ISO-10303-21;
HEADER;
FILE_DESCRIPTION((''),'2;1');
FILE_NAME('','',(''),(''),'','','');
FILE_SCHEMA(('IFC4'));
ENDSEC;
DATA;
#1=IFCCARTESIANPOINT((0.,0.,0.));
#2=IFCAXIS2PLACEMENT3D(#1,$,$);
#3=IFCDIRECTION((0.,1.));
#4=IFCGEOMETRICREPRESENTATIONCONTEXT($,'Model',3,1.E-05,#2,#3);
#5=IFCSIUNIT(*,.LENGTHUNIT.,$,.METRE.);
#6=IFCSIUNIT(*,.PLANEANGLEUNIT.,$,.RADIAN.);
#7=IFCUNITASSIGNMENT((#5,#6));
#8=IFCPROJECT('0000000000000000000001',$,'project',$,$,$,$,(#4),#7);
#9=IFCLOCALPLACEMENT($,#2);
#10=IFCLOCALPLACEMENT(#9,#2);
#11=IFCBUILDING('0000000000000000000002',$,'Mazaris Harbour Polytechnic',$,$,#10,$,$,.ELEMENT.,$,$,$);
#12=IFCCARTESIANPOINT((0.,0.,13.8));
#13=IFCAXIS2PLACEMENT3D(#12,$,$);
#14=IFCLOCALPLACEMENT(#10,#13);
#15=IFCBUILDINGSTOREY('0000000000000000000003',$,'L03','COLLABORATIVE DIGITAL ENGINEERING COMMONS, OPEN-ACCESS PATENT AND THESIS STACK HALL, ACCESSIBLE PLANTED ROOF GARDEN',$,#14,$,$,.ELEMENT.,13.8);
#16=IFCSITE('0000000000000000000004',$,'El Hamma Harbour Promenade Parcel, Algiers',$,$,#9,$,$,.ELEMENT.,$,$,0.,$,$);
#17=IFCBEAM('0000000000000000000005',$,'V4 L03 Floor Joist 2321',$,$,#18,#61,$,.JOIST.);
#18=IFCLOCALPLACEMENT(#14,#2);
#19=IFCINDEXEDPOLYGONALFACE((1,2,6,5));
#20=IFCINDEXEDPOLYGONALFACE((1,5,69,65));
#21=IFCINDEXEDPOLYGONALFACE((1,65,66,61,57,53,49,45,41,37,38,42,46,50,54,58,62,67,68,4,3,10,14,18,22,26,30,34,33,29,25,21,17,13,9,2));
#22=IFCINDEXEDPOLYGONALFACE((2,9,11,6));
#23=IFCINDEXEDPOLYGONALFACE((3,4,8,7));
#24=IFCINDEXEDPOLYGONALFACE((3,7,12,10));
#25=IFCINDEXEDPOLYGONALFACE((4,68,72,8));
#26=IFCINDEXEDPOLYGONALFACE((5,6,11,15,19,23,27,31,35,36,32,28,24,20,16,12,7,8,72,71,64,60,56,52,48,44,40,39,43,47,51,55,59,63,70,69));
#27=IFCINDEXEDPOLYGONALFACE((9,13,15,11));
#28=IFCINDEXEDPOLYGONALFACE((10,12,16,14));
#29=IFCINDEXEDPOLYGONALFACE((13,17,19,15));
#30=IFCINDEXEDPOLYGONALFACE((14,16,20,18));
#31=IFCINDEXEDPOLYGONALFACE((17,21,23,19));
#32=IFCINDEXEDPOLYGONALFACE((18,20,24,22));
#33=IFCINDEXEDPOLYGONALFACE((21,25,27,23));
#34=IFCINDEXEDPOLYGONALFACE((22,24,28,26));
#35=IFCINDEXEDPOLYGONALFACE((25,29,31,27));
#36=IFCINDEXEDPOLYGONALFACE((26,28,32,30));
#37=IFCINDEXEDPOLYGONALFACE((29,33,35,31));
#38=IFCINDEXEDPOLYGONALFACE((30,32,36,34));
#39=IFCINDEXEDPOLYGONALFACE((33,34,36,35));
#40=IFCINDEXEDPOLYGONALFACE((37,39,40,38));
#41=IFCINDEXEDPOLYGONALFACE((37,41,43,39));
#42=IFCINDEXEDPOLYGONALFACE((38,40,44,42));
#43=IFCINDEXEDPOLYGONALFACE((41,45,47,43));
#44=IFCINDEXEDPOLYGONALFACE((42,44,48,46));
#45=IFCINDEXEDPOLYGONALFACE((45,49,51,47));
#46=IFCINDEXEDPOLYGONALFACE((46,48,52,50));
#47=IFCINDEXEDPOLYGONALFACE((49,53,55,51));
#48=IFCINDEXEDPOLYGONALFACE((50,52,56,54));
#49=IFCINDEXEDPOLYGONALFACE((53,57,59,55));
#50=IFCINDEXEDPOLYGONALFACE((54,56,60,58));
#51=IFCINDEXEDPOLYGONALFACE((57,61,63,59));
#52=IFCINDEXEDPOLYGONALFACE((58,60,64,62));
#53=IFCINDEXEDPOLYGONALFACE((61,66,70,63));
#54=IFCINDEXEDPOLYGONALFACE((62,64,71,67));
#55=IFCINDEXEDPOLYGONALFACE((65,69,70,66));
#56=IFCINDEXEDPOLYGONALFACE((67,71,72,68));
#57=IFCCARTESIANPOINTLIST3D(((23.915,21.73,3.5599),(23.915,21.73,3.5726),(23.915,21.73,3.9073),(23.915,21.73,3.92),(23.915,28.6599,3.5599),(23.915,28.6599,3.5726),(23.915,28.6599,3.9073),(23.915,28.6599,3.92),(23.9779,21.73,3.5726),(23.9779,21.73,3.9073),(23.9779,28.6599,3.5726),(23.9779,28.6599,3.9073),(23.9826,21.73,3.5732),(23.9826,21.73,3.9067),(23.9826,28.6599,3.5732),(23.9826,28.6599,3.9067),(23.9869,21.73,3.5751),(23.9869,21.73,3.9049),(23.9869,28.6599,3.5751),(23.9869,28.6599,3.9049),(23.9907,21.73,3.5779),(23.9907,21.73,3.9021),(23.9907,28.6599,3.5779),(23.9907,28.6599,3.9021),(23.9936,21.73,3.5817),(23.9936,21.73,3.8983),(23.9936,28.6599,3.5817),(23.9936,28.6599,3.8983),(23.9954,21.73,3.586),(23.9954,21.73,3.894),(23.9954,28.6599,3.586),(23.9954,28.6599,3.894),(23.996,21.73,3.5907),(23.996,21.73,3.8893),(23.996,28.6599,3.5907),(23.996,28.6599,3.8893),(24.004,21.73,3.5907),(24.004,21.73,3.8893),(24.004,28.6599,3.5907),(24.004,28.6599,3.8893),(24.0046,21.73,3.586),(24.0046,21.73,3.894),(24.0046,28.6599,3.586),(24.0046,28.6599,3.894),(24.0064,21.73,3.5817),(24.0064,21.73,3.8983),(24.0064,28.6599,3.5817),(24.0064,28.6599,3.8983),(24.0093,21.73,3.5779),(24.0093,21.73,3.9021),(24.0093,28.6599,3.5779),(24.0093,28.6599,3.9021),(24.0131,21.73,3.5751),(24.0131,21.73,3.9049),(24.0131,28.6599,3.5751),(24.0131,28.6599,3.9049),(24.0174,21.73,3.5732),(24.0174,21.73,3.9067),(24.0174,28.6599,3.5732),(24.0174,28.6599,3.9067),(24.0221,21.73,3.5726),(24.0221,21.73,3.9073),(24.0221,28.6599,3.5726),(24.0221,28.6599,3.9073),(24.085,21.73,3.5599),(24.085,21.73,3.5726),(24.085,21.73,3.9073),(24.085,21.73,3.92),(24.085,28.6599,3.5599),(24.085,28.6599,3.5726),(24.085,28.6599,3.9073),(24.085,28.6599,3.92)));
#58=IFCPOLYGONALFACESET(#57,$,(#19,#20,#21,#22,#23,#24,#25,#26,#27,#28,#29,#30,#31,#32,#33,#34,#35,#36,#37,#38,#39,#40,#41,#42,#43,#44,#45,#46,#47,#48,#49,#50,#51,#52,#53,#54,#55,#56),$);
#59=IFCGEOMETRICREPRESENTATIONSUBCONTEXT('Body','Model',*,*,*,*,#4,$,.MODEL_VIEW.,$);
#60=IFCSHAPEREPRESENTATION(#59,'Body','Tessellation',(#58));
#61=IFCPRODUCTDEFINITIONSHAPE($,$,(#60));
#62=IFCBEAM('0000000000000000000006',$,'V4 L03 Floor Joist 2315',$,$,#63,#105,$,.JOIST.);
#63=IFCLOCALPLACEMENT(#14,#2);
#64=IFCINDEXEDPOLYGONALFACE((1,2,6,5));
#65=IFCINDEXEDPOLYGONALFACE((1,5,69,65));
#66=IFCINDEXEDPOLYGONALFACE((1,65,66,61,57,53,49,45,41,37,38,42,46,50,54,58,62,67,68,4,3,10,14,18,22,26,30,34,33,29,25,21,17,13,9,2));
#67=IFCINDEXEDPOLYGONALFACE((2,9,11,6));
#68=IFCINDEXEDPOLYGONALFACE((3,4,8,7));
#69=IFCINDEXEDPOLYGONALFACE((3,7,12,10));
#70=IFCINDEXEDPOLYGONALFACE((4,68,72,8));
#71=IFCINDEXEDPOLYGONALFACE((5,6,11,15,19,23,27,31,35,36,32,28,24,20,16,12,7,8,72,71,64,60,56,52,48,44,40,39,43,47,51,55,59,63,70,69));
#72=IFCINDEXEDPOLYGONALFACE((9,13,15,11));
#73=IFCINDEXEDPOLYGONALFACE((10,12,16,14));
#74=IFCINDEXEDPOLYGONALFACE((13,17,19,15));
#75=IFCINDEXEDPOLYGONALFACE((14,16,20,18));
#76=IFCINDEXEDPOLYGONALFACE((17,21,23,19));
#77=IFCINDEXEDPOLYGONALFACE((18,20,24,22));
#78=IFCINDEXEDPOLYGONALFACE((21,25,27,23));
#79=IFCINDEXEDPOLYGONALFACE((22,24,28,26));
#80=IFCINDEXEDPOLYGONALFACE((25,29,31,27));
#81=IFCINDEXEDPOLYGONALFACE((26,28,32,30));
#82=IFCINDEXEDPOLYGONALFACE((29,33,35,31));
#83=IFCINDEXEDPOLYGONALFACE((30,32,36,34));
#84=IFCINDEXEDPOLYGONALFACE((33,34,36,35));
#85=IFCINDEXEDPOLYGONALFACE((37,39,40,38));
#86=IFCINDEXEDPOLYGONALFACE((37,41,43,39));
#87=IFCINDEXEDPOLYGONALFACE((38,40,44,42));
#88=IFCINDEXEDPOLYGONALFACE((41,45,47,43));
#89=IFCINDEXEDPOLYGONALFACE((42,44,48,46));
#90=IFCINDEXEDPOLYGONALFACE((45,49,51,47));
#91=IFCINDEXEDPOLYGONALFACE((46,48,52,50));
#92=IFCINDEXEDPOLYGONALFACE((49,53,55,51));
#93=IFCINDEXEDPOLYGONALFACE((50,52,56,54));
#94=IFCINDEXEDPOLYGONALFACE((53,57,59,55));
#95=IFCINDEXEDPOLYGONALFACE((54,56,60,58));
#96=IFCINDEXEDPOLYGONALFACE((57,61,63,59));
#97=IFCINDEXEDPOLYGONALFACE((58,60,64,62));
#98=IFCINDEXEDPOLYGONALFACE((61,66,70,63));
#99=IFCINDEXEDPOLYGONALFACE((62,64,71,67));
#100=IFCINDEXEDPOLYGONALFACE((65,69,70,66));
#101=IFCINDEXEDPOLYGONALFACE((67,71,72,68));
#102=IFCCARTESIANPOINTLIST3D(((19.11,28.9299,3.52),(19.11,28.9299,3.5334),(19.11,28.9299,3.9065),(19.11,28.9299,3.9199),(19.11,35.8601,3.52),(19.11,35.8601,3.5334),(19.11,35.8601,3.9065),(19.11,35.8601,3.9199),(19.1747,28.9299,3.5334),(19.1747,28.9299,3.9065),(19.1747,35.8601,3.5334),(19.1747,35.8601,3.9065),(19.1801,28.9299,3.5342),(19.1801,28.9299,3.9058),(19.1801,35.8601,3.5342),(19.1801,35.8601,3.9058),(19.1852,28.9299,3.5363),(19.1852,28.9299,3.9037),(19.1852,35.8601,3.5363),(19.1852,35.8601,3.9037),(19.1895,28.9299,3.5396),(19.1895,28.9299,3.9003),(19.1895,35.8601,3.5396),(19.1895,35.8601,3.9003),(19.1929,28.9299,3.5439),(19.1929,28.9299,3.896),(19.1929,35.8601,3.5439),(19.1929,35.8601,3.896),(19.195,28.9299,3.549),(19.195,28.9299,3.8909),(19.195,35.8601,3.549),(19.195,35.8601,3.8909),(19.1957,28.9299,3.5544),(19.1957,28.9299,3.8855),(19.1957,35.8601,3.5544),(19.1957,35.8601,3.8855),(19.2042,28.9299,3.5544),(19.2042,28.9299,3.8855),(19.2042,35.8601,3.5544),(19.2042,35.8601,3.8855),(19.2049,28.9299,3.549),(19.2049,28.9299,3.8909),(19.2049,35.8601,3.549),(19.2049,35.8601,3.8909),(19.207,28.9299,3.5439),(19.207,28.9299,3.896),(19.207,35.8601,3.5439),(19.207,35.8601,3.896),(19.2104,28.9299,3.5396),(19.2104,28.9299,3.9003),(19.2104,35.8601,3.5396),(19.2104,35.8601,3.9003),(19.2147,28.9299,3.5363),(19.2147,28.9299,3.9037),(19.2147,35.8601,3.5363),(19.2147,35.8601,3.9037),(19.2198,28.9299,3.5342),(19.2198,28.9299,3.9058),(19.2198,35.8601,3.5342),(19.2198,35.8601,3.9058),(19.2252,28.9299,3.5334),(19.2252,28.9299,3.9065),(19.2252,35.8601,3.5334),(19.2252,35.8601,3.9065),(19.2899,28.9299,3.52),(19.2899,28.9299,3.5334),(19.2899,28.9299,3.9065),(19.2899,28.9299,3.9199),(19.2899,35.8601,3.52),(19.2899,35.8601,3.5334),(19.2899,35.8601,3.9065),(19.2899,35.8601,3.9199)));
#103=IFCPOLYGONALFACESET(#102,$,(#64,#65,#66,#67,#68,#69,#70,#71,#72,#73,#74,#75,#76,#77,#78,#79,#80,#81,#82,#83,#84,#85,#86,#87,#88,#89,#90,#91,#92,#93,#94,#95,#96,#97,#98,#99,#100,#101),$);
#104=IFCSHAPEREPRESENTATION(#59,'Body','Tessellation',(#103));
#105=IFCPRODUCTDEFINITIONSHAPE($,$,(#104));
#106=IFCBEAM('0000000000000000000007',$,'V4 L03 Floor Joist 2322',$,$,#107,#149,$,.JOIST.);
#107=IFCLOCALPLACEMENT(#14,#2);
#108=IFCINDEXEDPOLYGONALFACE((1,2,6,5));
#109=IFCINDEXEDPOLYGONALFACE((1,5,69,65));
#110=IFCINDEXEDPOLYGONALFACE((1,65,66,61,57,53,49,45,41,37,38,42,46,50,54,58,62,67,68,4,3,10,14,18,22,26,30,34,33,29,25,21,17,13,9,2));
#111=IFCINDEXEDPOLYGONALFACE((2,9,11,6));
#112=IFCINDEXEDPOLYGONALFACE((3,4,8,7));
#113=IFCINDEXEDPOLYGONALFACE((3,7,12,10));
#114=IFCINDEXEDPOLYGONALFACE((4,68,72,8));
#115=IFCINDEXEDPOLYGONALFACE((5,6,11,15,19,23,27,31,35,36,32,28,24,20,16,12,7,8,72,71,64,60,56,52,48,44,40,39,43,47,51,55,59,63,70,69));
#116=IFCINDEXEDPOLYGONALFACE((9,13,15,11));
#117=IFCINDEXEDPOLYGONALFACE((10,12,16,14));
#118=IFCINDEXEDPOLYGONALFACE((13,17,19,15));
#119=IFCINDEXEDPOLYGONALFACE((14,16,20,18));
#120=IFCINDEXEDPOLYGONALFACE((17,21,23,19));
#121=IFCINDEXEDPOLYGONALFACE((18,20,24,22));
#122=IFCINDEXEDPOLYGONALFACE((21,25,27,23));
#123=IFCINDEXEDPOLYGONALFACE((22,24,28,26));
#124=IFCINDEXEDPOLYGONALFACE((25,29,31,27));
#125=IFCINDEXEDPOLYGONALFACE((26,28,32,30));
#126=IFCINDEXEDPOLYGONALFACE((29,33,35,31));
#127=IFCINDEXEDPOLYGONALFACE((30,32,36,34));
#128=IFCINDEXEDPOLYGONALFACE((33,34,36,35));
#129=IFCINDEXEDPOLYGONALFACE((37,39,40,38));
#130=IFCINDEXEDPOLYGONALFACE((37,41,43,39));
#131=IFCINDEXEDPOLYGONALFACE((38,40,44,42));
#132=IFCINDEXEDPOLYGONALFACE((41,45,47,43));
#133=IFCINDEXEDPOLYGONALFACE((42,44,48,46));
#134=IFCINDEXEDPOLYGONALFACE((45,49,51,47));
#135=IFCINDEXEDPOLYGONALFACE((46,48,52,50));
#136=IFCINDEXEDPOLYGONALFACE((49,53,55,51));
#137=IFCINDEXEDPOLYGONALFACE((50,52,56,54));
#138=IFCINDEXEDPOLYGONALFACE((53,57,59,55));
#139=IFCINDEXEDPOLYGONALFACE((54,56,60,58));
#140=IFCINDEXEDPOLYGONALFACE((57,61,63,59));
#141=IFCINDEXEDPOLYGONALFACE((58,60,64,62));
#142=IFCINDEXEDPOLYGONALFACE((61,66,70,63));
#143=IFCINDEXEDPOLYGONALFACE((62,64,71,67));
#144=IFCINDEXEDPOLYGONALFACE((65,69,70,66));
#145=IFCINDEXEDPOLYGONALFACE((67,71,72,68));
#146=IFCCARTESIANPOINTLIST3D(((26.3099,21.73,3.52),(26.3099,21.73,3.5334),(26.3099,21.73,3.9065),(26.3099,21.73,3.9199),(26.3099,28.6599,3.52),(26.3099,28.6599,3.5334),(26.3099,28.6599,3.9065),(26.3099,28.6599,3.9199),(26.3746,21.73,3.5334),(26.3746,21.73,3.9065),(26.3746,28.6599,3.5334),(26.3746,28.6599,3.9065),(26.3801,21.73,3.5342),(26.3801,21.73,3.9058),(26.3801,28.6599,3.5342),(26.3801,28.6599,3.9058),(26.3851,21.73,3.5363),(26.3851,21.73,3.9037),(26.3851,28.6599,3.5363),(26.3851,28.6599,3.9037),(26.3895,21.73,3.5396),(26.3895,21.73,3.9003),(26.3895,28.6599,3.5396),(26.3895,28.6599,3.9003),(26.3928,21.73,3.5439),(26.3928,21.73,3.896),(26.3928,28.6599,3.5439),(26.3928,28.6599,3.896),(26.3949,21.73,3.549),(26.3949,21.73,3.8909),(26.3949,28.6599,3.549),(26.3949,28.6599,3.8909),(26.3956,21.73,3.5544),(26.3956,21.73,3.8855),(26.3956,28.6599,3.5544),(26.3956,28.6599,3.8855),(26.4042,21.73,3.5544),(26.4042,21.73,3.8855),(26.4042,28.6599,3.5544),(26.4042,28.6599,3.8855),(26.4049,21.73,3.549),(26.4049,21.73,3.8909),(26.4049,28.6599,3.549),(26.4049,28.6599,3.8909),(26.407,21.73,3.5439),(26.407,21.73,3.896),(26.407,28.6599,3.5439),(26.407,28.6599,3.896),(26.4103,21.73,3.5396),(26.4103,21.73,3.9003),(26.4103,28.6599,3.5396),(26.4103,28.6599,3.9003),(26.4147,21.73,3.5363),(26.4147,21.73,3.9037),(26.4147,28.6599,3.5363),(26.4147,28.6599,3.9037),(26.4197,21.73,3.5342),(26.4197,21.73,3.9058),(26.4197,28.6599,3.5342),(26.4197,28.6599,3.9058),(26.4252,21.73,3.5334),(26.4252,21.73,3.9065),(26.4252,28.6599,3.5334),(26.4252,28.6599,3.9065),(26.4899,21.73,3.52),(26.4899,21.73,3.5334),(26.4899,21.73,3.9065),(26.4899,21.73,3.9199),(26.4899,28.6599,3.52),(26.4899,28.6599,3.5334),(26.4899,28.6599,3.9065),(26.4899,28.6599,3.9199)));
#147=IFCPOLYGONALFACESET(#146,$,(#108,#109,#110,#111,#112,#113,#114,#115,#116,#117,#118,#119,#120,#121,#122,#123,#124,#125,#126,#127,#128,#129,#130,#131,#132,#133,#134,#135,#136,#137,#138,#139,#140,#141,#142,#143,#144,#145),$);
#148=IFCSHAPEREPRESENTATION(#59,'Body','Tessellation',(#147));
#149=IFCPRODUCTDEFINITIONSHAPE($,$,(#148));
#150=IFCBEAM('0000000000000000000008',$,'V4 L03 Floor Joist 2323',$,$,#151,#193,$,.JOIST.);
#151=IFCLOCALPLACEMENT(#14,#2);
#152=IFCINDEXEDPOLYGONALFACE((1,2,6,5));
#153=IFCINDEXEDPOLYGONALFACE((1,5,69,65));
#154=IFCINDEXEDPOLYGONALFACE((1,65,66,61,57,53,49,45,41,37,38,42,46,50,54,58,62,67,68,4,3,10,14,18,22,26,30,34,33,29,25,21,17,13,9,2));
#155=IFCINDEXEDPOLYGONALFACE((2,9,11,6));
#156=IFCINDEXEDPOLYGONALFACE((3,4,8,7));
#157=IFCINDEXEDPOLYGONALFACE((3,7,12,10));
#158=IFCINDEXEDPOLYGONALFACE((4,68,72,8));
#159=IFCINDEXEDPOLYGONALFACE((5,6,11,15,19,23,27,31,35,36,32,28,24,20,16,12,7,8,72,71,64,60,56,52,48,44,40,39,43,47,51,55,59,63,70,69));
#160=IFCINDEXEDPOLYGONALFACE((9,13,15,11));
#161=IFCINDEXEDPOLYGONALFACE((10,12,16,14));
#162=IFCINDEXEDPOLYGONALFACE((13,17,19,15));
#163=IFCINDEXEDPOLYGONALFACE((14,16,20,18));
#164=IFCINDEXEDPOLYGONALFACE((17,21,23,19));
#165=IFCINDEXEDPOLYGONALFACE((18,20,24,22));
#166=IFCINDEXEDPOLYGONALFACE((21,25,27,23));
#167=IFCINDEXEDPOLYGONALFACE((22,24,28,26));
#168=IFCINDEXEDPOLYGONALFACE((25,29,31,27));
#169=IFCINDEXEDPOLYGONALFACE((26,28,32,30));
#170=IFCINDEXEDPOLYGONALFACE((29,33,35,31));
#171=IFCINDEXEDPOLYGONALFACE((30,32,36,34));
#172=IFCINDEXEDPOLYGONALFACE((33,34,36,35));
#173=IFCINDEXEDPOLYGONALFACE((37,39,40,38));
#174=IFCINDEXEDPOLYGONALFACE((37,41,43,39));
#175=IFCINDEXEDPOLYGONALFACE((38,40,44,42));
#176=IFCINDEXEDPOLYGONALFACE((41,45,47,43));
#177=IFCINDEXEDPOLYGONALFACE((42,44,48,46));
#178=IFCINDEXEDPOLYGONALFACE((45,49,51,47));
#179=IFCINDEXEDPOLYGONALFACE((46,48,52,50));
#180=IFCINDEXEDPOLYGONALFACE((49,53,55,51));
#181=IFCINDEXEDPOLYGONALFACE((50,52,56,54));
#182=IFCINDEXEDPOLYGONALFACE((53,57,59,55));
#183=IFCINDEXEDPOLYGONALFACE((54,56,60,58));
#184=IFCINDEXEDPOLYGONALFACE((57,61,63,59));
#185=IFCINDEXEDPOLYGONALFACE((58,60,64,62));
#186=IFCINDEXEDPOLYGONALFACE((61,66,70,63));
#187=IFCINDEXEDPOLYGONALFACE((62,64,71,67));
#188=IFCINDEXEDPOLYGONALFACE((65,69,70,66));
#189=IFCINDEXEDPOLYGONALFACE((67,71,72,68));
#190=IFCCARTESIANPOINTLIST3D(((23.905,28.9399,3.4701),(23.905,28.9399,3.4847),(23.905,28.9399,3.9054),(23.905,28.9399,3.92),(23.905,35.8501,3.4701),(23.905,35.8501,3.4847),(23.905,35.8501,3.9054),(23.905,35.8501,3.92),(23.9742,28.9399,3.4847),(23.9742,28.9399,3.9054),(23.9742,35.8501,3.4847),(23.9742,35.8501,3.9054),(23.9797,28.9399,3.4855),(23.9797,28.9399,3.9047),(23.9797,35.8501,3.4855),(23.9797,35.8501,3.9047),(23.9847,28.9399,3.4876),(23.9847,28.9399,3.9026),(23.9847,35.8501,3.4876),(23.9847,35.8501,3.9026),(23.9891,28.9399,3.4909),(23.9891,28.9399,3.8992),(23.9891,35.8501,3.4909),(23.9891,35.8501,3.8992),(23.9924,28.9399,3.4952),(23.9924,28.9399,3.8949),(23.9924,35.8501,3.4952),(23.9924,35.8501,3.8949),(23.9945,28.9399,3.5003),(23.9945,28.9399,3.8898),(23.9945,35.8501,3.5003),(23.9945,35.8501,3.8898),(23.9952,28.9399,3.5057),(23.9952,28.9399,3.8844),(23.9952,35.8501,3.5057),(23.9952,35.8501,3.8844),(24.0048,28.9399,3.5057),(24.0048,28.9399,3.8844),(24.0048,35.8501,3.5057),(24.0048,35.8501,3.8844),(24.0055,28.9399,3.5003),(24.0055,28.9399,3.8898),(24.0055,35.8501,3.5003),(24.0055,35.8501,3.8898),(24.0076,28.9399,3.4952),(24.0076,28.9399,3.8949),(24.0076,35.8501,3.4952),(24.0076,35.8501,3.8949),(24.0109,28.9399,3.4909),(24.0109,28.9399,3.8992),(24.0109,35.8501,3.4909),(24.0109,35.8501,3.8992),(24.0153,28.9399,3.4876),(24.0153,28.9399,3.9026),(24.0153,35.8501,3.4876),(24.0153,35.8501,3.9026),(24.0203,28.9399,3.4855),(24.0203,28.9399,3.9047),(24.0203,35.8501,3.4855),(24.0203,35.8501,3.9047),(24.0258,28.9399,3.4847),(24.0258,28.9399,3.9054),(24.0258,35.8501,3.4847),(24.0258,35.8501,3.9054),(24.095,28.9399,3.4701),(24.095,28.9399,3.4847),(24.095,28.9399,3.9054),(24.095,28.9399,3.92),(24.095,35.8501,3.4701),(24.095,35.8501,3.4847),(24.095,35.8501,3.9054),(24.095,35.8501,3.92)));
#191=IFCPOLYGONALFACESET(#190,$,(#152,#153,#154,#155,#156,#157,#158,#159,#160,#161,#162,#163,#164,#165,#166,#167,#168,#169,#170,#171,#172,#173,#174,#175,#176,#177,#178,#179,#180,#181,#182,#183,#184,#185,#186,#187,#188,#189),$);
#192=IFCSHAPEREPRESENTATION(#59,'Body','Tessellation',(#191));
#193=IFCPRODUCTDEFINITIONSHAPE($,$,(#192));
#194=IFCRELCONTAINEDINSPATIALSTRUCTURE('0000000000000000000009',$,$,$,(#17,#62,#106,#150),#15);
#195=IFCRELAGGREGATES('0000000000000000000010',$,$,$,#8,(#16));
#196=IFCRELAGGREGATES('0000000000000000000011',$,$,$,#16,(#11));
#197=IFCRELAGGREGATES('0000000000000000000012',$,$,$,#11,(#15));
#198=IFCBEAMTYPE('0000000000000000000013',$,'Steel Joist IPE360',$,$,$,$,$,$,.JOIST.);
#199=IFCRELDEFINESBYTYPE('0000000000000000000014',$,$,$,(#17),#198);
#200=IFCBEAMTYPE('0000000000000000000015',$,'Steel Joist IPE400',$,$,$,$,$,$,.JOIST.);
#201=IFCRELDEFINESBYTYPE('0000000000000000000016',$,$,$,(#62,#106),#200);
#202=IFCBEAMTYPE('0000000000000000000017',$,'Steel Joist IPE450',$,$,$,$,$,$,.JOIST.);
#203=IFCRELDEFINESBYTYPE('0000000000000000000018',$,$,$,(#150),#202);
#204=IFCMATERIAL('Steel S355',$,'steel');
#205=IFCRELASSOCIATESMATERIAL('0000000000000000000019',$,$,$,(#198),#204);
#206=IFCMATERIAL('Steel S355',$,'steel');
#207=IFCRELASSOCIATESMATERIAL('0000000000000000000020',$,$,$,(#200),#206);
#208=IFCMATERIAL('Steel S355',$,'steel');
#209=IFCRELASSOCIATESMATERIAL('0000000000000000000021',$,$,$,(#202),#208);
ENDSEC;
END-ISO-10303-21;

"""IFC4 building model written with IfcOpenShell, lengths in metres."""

from ifc_helpers import new_model, si_unit, direction, frame, origin, origin_2d, place, context, subcontext, project, spatial, i_section, extrude, material, material_profile, profile_set, type_object, element, save


model = new_model("IFC4")

# Units and contexts
model_context = context("Model", 3, precision=1e-05, world=origin(), true_north=direction((0.0, 1.0)))
body_context = subcontext(model_context, "Body", "Model", "MODEL_VIEW")
ifc_project = project(units=[si_unit("LENGTHUNIT", "METRE"), si_unit("PLANEANGLEUNIT", "RADIAN")], contexts=[model_context])

# Site, building, storey
site_placement = place(None, origin())
site = spatial("IfcSite", under=ifc_project, at=site_placement, Name="El Hamma Harbour Promenade Parcel, Algiers", CompositionType="ELEMENT", RefElevation=0.0)
building_placement = place(site_placement, origin())
building = spatial("IfcBuilding", under=site, at=building_placement, Name="Mazaris Harbour Polytechnic", CompositionType="ELEMENT")
storey_placement = place(building_placement, frame((0.0, 0.0, 13.8)))
storey = spatial("IfcBuildingStorey", under=building, at=storey_placement, Name="L03", Description="COLLABORATIVE DIGITAL ENGINEERING COMMONS, OPEN-ACCESS PATENT AND THESIS STACK HALL, ACCESSIBLE PLANTED ROOF GARDEN", CompositionType="ELEMENT", Elevation=13.8)

# Beams
ifc_material_1 = material(Name="Steel S355", Category="steel")
ifc_material_profile_1 = material_profile(ifc_material_1, i_section(OverallWidth=0.1699, OverallDepth=0.3601, WebThickness=0.0081, FlangeThickness=0.0127, FilletRadius=0.0181, at=origin_2d()), Name="IPE 360")
ifc_profile_set_1 = profile_set([ifc_material_profile_1], Name="Steel S355")
beam_type_1 = type_object("IfcBeamType", Name="Steel Joist IPE360", PredefinedType="JOIST", material=ifc_profile_set_1)
beam_1_placement = place(storey_placement, frame((24.0, 21.73, 3.74), z_axis=(0.0, 1.0, 0.0), x_axis=(-1.0, 0.0, 0.0)))
element("IfcBeam", 1, at=beam_1_placement, inside=storey, type_object=beam_type_1, Name="V4 L03 Floor Joist 2321", PredefinedType="JOIST", context=body_context, shape_type="SweptSolid", body=[
    extrude(i_section(OverallWidth=0.1699, OverallDepth=0.3601, WebThickness=0.0081, FlangeThickness=0.0127, FilletRadius=0.0181, at=origin_2d()), origin(), (0.0, 0.0, 1.0), 6.9299),
])
ifc_material_2 = material(Name="Steel S355", Category="steel")
ifc_material_profile_2 = material_profile(ifc_material_2, i_section(OverallWidth=0.1799, OverallDepth=0.3999, WebThickness=0.0085, FlangeThickness=0.0134, FilletRadius=0.021, at=origin_2d()), Name="IPE 400")
ifc_profile_set_2 = profile_set([ifc_material_profile_2], Name="Steel S355")
beam_type_2 = type_object("IfcBeamType", Name="Steel Joist IPE400", PredefinedType="JOIST", material=ifc_profile_set_2)
beam_2_placement = place(storey_placement, frame((19.2, 28.9299, 3.72), z_axis=(0.0, 1.0, 0.0), x_axis=(-1.0, 0.0, 0.0)))
element("IfcBeam", 2, at=beam_2_placement, inside=storey, type_object=beam_type_2, Name="V4 L03 Floor Joist 2315", PredefinedType="JOIST", context=body_context, shape_type="SweptSolid", body=[
    extrude(i_section(OverallWidth=0.1799, OverallDepth=0.3999, WebThickness=0.0085, FlangeThickness=0.0134, FilletRadius=0.021, at=origin_2d()), origin(), (0.0, 0.0, 1.0), 6.9302),
])
beam_3_placement = place(storey_placement, frame((26.3999, 21.73, 3.72), z_axis=(0.0, 1.0, 0.0), x_axis=(-1.0, 0.0, 0.0)))
element("IfcBeam", 3, at=beam_3_placement, inside=storey, type_object=beam_type_2, Name="V4 L03 Floor Joist 2322", PredefinedType="JOIST", context=body_context, shape_type="SweptSolid", body=[
    extrude(i_section(OverallWidth=0.1799, OverallDepth=0.3999, WebThickness=0.0085, FlangeThickness=0.0134, FilletRadius=0.021, at=origin_2d()), origin(), (0.0, 0.0, 1.0), 6.9299),
])
ifc_material_3 = material(Name="Steel S355", Category="steel")
ifc_material_profile_3 = material_profile(ifc_material_3, i_section(OverallWidth=0.1899, OverallDepth=0.45, WebThickness=0.0095, FlangeThickness=0.0146, FilletRadius=0.021, at=origin_2d()), Name="IPE 450")
ifc_profile_set_3 = profile_set([ifc_material_profile_3], Name="Steel S355")
beam_type_3 = type_object("IfcBeamType", Name="Steel Joist IPE450", PredefinedType="JOIST", material=ifc_profile_set_3)
beam_4_placement = place(storey_placement, frame((24.0, 28.9399, 3.6951), z_axis=(0.0, 1.0, 0.0), x_axis=(-1.0, 0.0, 0.0)))
element("IfcBeam", 4, at=beam_4_placement, inside=storey, type_object=beam_type_3, Name="V4 L03 Floor Joist 2323", PredefinedType="JOIST", context=body_context, shape_type="SweptSolid", body=[
    extrude(i_section(OverallWidth=0.1899, OverallDepth=0.45, WebThickness=0.0095, FlangeThickness=0.0146, FilletRadius=0.021, at=origin_2d()), origin(), (0.0, 0.0, 1.0), 6.9102),
])

save(model, "model.ifc")
